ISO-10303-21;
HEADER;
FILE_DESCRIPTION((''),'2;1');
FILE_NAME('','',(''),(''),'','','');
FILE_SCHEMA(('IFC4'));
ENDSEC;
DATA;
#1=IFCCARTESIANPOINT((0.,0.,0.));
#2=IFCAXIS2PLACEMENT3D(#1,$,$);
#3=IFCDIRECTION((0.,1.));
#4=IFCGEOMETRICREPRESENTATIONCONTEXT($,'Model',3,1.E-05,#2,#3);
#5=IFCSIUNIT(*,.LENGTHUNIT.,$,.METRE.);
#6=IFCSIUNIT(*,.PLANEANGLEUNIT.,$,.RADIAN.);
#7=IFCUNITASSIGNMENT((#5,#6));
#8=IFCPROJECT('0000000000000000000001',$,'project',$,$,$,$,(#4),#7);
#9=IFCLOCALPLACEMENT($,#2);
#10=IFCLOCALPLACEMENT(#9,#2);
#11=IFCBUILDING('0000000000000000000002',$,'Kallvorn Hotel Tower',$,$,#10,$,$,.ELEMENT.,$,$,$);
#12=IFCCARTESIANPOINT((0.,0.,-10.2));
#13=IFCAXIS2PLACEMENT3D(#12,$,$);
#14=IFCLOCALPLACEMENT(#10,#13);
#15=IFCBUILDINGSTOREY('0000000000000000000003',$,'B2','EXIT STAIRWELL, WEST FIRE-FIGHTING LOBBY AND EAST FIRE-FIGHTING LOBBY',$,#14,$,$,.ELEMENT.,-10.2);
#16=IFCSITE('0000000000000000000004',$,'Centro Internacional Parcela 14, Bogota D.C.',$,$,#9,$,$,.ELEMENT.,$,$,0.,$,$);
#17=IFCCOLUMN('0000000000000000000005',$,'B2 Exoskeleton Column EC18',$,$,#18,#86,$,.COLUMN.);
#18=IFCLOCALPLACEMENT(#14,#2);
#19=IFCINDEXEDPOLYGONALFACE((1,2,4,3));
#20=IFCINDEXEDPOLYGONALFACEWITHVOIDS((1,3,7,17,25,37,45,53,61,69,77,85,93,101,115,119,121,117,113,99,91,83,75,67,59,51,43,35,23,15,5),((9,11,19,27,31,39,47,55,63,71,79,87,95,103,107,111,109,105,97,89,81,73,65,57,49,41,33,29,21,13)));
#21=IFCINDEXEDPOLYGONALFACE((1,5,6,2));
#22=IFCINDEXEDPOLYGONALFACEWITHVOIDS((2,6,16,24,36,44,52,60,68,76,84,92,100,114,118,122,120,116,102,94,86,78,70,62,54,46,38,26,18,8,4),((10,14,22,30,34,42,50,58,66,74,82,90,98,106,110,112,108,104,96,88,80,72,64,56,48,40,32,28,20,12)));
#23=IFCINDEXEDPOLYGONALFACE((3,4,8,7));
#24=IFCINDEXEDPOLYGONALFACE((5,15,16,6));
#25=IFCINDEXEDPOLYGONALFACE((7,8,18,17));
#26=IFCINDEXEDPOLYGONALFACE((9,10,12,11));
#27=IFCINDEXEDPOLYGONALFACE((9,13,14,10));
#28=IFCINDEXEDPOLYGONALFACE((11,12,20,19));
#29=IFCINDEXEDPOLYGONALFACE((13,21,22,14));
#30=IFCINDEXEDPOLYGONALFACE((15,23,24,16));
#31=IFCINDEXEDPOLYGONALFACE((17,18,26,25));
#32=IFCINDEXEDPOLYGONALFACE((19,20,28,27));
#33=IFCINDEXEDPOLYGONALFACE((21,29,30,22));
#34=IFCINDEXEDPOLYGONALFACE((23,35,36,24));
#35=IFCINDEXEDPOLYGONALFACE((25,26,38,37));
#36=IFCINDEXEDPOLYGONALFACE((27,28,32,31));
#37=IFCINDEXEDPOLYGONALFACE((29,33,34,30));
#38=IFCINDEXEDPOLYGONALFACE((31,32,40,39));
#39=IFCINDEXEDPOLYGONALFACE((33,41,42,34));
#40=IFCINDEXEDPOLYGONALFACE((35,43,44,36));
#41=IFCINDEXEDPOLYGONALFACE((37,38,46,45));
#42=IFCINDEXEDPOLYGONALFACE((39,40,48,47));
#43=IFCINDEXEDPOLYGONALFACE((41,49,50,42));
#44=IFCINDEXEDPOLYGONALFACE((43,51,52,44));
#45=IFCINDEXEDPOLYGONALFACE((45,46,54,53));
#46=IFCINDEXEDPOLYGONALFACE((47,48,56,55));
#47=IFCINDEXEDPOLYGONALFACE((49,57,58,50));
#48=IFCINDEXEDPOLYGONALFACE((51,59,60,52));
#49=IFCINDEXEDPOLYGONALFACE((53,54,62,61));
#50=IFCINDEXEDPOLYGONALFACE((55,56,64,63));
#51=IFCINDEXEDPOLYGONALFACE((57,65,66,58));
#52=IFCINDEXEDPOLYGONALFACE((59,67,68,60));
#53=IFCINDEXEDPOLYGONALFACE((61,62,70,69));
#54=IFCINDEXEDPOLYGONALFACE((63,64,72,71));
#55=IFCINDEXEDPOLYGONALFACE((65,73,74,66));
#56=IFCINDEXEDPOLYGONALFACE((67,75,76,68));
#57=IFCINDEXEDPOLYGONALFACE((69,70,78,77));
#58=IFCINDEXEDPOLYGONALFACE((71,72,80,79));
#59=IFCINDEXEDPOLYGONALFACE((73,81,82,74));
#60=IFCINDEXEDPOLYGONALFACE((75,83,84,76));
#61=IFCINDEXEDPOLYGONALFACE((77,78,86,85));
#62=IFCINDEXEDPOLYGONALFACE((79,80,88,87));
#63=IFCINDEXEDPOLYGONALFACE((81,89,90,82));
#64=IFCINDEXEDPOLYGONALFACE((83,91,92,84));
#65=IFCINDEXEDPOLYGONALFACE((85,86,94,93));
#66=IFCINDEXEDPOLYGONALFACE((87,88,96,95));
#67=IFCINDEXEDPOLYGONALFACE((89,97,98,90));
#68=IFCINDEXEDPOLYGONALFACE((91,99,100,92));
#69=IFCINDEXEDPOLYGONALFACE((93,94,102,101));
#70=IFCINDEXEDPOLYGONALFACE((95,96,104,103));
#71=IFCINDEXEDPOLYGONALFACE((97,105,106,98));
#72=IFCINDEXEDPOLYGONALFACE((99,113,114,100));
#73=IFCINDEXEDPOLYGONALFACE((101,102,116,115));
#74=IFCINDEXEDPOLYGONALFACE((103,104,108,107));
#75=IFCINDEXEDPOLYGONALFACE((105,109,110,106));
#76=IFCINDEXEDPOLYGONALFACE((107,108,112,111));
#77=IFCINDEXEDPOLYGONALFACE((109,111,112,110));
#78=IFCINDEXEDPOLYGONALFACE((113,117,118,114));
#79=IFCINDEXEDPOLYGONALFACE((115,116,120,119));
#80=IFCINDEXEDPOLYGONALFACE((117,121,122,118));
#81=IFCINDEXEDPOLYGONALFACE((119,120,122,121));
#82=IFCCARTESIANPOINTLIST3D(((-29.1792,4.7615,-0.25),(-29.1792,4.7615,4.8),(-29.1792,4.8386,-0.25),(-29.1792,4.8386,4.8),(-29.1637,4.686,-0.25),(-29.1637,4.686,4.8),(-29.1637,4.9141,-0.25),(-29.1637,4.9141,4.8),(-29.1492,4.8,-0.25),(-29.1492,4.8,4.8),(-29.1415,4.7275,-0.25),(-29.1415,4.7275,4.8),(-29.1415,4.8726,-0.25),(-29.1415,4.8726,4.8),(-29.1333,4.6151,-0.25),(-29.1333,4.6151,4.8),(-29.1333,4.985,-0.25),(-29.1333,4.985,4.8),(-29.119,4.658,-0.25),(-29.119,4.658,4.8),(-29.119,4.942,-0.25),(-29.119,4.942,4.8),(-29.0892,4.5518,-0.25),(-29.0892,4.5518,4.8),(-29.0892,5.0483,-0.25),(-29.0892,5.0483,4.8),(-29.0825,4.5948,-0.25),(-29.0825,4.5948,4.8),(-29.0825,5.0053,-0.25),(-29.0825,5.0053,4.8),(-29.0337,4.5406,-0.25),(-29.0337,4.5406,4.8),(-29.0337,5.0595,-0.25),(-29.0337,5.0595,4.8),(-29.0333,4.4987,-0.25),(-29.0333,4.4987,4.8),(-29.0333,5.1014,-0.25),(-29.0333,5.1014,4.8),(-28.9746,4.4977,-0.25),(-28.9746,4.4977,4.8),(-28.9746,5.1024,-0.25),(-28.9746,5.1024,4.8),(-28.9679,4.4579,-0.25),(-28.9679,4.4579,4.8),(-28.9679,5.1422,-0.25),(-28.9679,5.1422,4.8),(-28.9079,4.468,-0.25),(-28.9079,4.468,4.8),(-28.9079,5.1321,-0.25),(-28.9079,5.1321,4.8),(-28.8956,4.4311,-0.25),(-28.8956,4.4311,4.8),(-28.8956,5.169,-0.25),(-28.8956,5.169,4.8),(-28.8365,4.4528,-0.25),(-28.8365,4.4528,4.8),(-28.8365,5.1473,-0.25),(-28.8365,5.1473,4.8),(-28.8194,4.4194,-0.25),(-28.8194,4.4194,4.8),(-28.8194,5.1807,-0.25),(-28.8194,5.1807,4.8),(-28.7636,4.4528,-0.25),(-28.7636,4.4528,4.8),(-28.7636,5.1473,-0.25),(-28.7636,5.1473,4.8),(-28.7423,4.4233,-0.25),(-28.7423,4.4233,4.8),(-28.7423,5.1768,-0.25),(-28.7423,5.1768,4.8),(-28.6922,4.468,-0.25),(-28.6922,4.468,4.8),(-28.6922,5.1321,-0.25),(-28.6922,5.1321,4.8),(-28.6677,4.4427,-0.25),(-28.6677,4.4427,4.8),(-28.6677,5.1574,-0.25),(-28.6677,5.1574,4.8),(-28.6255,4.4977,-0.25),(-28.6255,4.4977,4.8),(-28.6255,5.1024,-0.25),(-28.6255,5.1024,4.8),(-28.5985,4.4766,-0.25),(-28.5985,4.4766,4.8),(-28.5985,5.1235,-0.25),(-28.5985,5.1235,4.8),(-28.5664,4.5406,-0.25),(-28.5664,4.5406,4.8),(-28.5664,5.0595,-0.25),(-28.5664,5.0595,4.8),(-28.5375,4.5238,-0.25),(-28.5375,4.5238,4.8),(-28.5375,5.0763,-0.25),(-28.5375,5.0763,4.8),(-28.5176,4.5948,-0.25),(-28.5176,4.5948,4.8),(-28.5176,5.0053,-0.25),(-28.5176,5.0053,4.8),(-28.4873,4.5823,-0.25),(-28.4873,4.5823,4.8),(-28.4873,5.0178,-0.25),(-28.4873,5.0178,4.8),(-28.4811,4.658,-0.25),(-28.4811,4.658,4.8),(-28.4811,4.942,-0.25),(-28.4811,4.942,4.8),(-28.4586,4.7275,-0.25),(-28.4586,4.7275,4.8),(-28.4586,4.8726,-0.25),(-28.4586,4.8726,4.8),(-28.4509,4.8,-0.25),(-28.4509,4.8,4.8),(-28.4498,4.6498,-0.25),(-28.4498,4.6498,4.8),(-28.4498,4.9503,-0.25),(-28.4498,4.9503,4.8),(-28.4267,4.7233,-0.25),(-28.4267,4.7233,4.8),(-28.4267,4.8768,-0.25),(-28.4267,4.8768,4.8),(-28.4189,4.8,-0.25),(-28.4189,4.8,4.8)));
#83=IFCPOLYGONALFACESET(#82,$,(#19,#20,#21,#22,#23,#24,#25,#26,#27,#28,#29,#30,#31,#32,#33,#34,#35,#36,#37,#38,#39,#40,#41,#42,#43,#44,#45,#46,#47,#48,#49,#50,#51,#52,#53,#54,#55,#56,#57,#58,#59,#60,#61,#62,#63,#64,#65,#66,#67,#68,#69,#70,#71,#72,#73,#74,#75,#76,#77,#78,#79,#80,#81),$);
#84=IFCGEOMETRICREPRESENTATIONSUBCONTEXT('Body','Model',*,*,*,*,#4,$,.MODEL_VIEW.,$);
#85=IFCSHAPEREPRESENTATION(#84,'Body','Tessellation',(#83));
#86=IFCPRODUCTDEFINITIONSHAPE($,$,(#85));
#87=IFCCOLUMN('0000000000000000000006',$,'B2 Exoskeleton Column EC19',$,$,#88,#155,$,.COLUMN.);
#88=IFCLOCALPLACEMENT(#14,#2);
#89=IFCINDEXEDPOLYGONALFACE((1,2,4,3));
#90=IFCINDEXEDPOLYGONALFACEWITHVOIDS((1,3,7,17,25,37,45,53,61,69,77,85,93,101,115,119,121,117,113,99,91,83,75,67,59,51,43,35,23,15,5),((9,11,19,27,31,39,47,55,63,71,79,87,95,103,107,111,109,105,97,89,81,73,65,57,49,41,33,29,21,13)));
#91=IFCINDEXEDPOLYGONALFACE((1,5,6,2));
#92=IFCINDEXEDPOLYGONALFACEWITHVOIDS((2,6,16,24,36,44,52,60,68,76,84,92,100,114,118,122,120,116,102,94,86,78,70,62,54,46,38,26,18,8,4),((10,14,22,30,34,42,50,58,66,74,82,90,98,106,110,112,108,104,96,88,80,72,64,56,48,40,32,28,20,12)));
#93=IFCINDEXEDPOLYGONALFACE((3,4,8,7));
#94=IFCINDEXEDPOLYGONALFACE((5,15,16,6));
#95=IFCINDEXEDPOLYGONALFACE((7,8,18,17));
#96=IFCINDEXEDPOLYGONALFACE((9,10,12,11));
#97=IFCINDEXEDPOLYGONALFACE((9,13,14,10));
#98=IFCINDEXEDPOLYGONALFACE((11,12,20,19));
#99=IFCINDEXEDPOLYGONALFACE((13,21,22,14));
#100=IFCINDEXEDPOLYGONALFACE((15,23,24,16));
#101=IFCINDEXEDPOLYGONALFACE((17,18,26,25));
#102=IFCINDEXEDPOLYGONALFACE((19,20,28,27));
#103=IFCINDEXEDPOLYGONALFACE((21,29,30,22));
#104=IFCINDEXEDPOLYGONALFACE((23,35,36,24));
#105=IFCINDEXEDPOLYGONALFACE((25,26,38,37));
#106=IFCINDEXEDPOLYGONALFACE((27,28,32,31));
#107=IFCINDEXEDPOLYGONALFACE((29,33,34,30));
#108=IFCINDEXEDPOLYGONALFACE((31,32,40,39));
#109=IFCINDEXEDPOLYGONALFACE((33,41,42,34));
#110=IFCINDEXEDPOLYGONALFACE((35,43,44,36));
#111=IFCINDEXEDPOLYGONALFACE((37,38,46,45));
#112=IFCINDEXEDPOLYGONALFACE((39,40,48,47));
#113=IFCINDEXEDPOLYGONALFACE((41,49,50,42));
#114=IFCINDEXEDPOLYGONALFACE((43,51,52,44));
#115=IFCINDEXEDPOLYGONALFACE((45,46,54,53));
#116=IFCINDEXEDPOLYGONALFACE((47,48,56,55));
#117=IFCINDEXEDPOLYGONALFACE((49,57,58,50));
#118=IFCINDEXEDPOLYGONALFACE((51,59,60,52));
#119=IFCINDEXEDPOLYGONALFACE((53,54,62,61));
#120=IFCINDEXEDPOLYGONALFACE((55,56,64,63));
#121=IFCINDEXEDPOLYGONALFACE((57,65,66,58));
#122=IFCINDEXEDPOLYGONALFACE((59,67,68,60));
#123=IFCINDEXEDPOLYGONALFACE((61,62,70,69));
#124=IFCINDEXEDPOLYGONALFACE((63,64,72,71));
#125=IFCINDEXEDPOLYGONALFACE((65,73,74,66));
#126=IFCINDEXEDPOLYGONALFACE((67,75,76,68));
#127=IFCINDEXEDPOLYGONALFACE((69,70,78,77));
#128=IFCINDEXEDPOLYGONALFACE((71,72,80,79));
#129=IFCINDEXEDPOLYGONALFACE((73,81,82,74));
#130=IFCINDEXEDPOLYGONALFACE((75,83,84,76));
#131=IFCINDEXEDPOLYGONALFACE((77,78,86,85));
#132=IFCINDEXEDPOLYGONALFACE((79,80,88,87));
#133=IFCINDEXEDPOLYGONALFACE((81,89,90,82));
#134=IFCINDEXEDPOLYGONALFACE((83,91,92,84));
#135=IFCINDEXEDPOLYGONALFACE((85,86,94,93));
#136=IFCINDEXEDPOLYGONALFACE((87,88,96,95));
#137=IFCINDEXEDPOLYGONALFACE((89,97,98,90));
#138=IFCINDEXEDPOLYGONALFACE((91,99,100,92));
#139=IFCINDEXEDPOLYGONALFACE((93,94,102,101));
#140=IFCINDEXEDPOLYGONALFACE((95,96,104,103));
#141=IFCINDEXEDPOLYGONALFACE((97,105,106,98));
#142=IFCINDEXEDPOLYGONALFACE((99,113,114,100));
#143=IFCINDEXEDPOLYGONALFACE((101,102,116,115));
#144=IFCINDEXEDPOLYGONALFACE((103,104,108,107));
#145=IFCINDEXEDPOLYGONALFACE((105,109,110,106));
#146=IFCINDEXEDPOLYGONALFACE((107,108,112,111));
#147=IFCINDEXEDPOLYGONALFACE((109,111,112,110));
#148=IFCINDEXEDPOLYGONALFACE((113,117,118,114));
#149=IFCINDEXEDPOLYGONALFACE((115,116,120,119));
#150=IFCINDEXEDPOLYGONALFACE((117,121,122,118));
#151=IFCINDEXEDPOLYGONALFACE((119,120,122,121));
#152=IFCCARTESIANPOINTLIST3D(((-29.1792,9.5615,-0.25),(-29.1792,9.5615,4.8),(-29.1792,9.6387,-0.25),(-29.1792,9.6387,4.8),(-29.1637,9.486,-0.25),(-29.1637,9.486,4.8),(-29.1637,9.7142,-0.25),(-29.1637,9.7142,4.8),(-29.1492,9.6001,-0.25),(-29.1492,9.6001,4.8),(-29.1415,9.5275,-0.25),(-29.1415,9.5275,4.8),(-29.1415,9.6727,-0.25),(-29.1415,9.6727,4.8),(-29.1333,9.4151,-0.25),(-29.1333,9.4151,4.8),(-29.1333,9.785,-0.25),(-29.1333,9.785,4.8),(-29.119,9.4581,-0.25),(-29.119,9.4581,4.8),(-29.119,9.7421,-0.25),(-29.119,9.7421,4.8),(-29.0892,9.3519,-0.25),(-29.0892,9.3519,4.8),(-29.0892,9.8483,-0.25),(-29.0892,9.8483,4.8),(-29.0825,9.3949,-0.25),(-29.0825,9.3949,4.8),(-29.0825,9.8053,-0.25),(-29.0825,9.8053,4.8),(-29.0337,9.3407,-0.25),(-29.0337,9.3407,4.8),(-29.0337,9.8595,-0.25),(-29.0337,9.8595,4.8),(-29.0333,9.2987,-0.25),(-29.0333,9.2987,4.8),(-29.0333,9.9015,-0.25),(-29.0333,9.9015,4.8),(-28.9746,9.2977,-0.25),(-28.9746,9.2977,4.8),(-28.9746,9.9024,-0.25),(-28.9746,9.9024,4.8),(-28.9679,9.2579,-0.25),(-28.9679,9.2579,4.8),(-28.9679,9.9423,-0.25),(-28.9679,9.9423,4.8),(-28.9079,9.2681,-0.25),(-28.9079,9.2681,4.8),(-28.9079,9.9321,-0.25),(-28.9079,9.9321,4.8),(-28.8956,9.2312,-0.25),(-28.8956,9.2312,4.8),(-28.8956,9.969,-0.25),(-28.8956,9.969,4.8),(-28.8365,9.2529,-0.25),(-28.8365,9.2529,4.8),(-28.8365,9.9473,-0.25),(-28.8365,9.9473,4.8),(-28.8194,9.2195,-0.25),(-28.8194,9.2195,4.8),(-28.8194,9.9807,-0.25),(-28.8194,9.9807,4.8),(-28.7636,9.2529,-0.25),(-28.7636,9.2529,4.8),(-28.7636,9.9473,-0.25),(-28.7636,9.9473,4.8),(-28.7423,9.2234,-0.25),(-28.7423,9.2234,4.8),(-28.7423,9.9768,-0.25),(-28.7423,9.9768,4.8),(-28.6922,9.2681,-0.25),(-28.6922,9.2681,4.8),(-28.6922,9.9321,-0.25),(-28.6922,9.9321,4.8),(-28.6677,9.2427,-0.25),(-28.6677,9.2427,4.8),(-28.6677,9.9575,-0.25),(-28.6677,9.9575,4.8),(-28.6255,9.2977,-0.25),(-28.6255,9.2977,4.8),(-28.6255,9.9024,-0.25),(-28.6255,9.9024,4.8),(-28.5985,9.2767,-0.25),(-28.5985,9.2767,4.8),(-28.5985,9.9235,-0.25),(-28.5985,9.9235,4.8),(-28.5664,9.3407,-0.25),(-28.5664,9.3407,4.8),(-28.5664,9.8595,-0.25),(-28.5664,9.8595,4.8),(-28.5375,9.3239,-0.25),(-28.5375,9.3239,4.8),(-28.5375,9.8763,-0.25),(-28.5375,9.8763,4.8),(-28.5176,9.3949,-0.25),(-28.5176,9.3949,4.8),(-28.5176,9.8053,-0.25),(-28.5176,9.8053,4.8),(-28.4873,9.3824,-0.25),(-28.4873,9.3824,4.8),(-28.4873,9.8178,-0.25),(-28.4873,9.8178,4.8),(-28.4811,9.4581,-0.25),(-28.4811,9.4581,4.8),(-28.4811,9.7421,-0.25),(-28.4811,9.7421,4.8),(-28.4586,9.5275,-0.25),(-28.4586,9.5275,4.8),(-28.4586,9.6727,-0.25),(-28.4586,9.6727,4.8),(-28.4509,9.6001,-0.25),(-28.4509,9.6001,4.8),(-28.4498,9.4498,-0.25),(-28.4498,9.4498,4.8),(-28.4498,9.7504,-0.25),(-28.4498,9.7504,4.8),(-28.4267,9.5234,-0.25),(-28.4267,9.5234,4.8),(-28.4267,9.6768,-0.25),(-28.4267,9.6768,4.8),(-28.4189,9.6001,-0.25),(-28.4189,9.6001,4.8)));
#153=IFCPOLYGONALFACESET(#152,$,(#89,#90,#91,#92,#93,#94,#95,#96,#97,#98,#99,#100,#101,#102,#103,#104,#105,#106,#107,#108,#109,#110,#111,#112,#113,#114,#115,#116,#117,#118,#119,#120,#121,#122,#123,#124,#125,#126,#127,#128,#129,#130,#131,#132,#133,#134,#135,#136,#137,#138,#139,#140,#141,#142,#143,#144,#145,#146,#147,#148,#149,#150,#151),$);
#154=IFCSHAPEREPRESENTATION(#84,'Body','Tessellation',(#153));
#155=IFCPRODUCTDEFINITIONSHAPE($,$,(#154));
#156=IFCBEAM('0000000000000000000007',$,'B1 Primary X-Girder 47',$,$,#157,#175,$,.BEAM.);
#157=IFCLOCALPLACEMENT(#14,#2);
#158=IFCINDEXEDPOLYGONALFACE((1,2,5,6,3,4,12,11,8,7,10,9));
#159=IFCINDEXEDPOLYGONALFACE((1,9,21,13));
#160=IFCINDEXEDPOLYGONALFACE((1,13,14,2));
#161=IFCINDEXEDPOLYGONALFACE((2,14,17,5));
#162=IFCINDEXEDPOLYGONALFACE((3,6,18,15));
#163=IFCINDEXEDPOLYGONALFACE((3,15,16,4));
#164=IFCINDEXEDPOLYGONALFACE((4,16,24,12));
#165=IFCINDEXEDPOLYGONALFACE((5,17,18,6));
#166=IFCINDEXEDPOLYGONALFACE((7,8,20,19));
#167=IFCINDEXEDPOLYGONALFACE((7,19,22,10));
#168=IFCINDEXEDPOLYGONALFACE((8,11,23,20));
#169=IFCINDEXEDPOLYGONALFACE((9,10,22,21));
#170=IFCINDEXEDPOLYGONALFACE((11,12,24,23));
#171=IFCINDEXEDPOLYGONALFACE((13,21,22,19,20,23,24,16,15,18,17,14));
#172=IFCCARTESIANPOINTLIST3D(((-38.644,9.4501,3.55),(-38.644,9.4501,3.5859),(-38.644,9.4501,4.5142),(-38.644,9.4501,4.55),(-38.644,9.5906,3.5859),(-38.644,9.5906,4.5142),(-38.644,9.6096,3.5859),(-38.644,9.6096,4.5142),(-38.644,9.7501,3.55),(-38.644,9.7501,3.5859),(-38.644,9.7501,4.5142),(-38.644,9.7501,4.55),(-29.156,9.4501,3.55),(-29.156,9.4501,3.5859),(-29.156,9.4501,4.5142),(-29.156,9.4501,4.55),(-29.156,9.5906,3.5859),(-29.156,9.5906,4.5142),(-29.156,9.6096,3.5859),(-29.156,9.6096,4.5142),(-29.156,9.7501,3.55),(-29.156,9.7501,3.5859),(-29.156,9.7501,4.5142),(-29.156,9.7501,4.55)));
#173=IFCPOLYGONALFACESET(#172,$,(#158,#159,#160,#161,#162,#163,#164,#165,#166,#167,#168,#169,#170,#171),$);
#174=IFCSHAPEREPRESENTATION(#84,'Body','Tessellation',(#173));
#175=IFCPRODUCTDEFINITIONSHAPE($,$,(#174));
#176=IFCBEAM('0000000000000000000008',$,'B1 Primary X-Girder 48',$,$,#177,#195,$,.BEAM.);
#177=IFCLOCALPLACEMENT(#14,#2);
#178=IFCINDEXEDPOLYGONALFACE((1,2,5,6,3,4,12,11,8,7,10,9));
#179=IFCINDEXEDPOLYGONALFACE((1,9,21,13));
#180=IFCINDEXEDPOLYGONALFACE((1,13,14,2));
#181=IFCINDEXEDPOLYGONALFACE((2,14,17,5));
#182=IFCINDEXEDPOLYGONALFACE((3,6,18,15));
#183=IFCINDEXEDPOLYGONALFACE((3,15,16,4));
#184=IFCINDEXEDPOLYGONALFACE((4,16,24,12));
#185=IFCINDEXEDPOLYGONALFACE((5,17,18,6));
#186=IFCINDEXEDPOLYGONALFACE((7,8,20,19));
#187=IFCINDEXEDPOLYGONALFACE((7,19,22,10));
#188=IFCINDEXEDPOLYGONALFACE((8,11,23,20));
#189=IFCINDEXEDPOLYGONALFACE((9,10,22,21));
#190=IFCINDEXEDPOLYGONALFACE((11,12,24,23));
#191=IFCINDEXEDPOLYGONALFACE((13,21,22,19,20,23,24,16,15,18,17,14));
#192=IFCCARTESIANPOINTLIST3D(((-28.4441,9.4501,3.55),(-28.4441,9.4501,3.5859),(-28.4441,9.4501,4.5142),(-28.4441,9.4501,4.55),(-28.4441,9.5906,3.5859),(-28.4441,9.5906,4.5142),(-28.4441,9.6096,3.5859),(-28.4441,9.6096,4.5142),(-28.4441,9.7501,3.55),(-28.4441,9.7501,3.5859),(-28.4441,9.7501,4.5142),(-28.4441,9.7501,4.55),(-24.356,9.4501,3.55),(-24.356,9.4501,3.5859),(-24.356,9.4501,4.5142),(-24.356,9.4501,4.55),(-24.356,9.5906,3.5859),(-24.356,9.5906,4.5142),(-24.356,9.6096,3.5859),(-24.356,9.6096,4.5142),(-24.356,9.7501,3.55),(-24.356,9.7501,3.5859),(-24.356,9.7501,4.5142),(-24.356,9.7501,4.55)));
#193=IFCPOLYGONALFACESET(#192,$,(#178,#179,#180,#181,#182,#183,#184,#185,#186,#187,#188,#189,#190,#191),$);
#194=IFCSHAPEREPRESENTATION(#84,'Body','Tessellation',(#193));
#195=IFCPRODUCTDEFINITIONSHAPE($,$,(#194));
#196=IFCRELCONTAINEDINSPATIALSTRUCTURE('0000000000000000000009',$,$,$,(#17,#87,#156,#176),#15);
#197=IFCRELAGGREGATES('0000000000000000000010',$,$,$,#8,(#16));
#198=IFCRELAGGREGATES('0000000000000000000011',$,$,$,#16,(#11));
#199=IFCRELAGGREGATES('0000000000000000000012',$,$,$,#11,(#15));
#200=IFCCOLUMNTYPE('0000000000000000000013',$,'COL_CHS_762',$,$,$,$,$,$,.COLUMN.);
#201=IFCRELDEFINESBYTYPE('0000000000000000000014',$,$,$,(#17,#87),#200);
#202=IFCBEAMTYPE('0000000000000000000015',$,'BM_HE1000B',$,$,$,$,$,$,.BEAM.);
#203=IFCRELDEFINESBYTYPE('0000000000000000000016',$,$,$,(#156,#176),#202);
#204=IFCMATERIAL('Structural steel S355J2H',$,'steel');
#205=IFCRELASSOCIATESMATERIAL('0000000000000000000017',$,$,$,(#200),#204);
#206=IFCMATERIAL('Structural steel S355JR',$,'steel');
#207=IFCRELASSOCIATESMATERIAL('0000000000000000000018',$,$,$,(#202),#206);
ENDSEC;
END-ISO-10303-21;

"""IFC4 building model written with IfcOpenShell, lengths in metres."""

from ifc_helpers import new_model, si_unit, direction, frame, origin, origin_2d, place, context, subcontext, project, spatial, hollow_circle, i_section, extrude, material, material_profile, profile_set, type_object, element, save


model = new_model("IFC4")

# Units and contexts
model_context = context("Model", 3, precision=1e-05, world=origin(), true_north=direction((0.0, 1.0)))
body_context = subcontext(model_context, "Body", "Model", "MODEL_VIEW")
ifc_project = project(units=[si_unit("LENGTHUNIT", "METRE"), si_unit("PLANEANGLEUNIT", "RADIAN")], contexts=[model_context])

# Site, building, storey
site_placement = place(None, origin())
site = spatial("IfcSite", under=ifc_project, at=site_placement, Name="Centro Internacional Parcela 14, Bogota D.C.", CompositionType="ELEMENT", RefElevation=0.0)
building_placement = place(site_placement, origin())
building = spatial("IfcBuilding", under=site, at=building_placement, Name="Kallvorn Hotel Tower", CompositionType="ELEMENT")
storey_placement = place(building_placement, frame((0.0, 0.0, -10.2)))
storey = spatial("IfcBuildingStorey", under=building, at=storey_placement, Name="B2", Description="EXIT STAIRWELL, WEST FIRE-FIGHTING LOBBY AND EAST FIRE-FIGHTING LOBBY", CompositionType="ELEMENT", Elevation=-10.2)

# Columns
ifc_material_1 = material(Name="Structural steel S355J2H", Category="steel")
ifc_material_profile_1 = material_profile(ifc_material_1, hollow_circle(Radius=0.3811, WallThickness=0.032, at=origin_2d()), Name="CHS 762x32")
ifc_profile_set_1 = profile_set([ifc_material_profile_1], Name="Structural steel S355J2H")
column_type = type_object("IfcColumnType", Name="COL_CHS_762", PredefinedType="COLUMN", material=ifc_profile_set_1)
for number, where, z_axis, x_axis, name in (
    (1, (-28.8, 4.8, -0.25), (0.0, 0.0, 1.0), (1.0, 0.0, 0.0), "B2 Exoskeleton Column EC18"),
    (2, (-28.8, 9.6001, -0.25), (0.0, 0.0, 1.0), (1.0, 0.0, 0.0), "B2 Exoskeleton Column EC19"),
):
    element("IfcColumn", number, at=place(storey_placement, frame(where, z_axis=z_axis, x_axis=x_axis)), inside=storey, type_object=column_type, Name=name, PredefinedType="COLUMN", context=body_context, shape_type="SweptSolid", body=[
        extrude(hollow_circle(Radius=0.3811, WallThickness=0.032, at=origin_2d()), origin(), (0.0, 0.0, 1.0), 5.05),
    ])

# Beams
ifc_material_2 = material(Name="Structural steel S355JR", Category="steel")
ifc_material_profile_2 = material_profile(ifc_material_2, i_section(OverallWidth=0.3, OverallDepth=1.0, WebThickness=0.019, FlangeThickness=0.0359, at=origin_2d()), Name="HE 1000 B")
ifc_profile_set_2 = profile_set([ifc_material_profile_2], Name="Structural steel S355JR")
beam_type_1 = type_object("IfcBeamType", Name="BM_HE1000B", PredefinedType="BEAM", material=ifc_profile_set_2)
beam_1_placement = place(storey_placement, frame((-38.644, 9.6001, 4.05), z_axis=(1.0, 0.0, 0.0), x_axis=(0.0, 1.0, 0.0)))
element("IfcBeam", 3, at=beam_1_placement, inside=storey, type_object=beam_type_1, Name="B1 Primary X-Girder 47", PredefinedType="BEAM", context=body_context, shape_type="SweptSolid", body=[
    extrude(i_section(OverallWidth=0.3, OverallDepth=1.0, WebThickness=0.019, FlangeThickness=0.0359, at=origin_2d()), origin(), (0.0, 0.0, 1.0), 9.488),
])
beam_2_placement = place(storey_placement, frame((-28.4441, 9.6001, 4.05), z_axis=(1.0, 0.0, 0.0), x_axis=(0.0, 1.0, 0.0)))
element("IfcBeam", 4, at=beam_2_placement, inside=storey, type_object=beam_type_1, Name="B1 Primary X-Girder 48", PredefinedType="BEAM", context=body_context, shape_type="SweptSolid", body=[
    extrude(i_section(OverallWidth=0.3, OverallDepth=1.0, WebThickness=0.019, FlangeThickness=0.0359, at=origin_2d()), origin(), (0.0, 0.0, 1.0), 4.0881),
])

save(model, "model.ifc")
